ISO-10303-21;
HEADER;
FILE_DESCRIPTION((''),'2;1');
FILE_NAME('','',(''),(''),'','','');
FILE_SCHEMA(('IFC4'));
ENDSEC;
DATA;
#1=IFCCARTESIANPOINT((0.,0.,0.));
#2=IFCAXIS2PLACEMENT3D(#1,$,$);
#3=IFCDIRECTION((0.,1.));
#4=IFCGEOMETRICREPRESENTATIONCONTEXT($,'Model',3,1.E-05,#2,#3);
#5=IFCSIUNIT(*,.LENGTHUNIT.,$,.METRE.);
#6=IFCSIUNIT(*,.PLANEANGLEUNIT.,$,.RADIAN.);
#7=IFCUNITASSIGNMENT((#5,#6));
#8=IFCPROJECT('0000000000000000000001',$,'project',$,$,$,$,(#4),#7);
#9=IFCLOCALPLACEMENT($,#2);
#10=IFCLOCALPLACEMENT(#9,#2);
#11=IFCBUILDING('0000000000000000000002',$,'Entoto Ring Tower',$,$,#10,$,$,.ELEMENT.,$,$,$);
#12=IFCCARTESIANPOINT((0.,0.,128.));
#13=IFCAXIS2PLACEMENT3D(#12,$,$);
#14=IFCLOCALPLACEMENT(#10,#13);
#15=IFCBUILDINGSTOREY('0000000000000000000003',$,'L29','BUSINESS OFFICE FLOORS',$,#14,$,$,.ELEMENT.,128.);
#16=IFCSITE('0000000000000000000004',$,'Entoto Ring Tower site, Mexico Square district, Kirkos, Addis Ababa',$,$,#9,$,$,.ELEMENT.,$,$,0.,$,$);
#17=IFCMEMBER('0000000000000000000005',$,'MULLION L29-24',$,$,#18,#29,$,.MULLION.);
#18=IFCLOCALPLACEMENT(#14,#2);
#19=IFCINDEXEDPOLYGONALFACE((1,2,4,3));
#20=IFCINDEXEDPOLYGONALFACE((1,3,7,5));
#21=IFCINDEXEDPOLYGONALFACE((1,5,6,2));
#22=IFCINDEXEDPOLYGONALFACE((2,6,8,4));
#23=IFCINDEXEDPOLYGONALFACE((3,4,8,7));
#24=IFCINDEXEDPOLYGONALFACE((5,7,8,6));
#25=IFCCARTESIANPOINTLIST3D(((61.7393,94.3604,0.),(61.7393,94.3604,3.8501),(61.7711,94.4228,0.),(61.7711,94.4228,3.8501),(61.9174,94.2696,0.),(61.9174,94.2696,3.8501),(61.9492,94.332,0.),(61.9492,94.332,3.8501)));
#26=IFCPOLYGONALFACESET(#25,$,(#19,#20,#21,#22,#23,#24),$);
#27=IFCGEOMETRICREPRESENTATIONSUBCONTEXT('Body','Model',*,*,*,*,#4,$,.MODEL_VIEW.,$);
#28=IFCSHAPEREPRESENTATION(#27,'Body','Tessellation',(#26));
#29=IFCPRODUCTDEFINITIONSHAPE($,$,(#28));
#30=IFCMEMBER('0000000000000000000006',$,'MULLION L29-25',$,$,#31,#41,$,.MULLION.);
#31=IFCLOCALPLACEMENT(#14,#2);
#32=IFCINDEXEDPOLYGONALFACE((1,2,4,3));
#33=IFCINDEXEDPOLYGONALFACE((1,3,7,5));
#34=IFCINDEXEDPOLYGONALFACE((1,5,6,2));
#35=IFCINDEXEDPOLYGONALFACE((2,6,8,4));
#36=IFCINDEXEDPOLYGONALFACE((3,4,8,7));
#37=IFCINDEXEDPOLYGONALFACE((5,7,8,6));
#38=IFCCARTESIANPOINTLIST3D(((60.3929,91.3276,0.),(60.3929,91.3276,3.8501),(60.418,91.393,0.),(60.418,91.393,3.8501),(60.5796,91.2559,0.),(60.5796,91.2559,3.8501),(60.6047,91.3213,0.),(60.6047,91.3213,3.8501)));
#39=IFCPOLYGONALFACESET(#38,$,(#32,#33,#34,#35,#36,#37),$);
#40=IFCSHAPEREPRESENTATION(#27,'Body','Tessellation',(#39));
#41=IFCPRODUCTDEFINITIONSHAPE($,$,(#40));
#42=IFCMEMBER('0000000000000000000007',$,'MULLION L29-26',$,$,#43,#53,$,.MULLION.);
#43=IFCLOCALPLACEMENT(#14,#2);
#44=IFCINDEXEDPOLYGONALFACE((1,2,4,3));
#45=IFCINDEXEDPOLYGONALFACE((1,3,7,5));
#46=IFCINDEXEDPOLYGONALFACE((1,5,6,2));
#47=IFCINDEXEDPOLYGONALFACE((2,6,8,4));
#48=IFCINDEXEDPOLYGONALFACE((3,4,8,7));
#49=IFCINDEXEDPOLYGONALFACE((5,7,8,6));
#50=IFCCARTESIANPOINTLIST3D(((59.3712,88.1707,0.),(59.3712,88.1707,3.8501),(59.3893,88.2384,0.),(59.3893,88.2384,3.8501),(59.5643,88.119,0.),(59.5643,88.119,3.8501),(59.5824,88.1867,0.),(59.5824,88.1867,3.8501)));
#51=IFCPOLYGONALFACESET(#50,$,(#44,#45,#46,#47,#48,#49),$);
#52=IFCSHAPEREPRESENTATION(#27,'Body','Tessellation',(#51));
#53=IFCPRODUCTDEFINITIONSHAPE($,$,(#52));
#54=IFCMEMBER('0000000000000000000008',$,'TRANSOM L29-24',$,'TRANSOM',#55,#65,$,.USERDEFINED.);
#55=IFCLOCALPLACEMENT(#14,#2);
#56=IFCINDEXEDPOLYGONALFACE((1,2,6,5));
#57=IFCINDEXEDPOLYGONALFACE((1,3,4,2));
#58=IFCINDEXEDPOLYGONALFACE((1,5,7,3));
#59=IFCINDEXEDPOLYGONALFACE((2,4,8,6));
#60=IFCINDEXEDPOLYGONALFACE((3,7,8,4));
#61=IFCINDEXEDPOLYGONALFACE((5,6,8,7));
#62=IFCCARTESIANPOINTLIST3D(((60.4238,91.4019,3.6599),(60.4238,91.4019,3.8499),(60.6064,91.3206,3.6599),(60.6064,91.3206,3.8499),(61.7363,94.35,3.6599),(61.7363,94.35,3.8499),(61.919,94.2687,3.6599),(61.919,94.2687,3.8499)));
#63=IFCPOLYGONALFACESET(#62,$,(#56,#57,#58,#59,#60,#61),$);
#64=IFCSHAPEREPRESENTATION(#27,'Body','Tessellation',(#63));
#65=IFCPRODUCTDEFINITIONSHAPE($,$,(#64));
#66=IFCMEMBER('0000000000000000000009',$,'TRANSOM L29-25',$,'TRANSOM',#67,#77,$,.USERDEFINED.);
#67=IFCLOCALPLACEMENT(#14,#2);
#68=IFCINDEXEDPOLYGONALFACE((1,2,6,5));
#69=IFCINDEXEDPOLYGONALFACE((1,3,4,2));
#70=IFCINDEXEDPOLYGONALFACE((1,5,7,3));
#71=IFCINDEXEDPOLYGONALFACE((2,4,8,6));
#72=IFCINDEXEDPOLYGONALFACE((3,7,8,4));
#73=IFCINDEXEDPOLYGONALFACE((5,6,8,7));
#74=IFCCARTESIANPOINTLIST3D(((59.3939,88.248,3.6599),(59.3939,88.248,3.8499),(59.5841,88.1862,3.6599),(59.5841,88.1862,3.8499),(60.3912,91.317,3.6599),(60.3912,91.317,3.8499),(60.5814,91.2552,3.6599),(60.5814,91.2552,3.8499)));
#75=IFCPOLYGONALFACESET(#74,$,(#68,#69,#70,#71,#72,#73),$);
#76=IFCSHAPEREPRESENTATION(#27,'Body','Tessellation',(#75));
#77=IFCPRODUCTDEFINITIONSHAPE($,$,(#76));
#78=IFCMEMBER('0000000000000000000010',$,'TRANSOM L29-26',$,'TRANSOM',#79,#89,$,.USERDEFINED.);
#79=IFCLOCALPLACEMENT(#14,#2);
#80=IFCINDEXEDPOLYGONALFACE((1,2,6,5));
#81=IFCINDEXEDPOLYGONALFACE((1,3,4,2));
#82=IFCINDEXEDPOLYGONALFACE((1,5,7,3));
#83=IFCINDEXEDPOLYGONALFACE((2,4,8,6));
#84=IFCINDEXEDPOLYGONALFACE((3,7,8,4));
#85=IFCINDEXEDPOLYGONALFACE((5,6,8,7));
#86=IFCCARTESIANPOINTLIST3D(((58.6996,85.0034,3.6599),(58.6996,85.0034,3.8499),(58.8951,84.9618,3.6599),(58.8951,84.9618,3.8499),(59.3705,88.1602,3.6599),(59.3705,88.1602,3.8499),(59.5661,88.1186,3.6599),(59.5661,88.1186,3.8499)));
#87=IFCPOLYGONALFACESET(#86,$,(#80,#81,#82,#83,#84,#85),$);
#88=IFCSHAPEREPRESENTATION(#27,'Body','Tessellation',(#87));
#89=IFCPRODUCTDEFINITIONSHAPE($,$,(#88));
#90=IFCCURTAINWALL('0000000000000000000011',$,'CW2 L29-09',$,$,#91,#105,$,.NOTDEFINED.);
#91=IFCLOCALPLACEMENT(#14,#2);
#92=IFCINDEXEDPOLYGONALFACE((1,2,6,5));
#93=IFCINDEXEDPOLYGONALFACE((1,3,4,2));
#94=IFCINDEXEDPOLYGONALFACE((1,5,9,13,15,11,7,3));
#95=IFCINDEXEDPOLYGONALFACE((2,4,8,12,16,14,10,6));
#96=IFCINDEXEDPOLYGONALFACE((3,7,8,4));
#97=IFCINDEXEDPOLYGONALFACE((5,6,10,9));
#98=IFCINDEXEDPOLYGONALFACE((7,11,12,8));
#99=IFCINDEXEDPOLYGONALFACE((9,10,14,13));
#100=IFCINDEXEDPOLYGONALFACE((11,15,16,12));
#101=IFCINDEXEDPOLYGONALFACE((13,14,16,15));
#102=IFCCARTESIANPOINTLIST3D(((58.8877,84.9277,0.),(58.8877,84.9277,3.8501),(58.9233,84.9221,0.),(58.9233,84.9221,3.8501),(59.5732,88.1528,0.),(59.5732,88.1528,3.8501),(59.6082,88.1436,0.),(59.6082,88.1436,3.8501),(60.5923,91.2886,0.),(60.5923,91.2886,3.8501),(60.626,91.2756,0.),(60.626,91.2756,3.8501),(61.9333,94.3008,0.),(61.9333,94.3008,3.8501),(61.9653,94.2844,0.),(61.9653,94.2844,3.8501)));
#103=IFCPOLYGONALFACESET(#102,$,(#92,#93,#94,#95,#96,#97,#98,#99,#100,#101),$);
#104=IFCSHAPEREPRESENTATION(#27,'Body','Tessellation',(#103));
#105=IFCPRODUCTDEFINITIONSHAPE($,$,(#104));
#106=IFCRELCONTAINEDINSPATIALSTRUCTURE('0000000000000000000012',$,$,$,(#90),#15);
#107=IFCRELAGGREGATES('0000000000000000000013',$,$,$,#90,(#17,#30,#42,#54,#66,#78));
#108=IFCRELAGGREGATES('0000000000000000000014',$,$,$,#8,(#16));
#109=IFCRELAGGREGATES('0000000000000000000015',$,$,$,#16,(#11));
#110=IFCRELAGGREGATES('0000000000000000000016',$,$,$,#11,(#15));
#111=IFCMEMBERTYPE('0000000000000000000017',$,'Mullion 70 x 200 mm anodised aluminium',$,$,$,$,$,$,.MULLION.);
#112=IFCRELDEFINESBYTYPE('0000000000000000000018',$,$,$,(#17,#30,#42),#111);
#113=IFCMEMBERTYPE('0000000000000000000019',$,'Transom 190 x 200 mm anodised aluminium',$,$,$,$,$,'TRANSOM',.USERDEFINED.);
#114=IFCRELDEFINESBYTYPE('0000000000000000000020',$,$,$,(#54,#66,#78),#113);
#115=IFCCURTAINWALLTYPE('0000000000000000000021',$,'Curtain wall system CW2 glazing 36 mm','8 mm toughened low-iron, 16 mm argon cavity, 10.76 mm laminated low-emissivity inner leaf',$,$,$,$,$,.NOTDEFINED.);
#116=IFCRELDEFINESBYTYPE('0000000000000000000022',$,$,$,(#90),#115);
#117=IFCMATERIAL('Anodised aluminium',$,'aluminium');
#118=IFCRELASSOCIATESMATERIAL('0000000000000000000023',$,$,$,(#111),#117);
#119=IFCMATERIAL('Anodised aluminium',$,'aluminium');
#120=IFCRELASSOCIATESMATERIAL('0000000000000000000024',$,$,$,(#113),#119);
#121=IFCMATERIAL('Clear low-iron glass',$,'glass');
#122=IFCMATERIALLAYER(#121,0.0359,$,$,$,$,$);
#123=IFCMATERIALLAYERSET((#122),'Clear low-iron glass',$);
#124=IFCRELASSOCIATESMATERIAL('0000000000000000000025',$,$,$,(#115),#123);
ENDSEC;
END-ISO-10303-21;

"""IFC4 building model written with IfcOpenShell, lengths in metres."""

from ifc_helpers import new_model, si_unit, direction, frame, origin, origin_2d, place, context, subcontext, project, spatial, polyline, rectangle, outline, extrude, material, layer, layer_set, material_profile, profile_set, type_object, element, aggregate, save


model = new_model("IFC4")

# Units and contexts
model_context = context("Model", 3, precision=1e-05, world=origin(), true_north=direction((0.0, 1.0)))
body_context = subcontext(model_context, "Body", "Model", "MODEL_VIEW")
ifc_project = project(units=[si_unit("LENGTHUNIT", "METRE"), si_unit("PLANEANGLEUNIT", "RADIAN")], contexts=[model_context])

# Members
ifc_material_1 = material(Name="Anodised aluminium", Category="aluminium")
ifc_material_profile_1 = material_profile(ifc_material_1, rectangle(XDim=0.0701, YDim=0.2, at=origin_2d()), Name="Mullion 70 x 200 mm anodised aluminium")
ifc_profile_set_1 = profile_set([ifc_material_profile_1], Name="Anodised aluminium")
member_type_1 = type_object("IfcMemberType", Name="Mullion 70 x 200 mm anodised aluminium", PredefinedType="MULLION", material=ifc_profile_set_1)
site_placement = place(None, origin())
building_placement = place(site_placement, origin())
storey_placement = place(building_placement, frame((0.0, 0.0, 128.0)))
member_1_placement = place(storey_placement, frame((61.8442, 94.3462, 0.0), z_axis=(0.0, 0.0, 1.0), x_axis=(-0.45399, -0.891007, 0.0)))
member_1 = element("IfcMember", 1, at=member_1_placement, type_object=member_type_1, Name="MULLION L29-24", PredefinedType="MULLION", context=body_context, shape_type="SweptSolid", body=[
    extrude(rectangle(XDim=0.0701, YDim=0.2, at=origin_2d()), origin(), (0.0, 0.0, 1.0), 3.8501),
])
member_2_placement = place(storey_placement, frame((60.4988, 91.3245, 0.0), z_axis=(0.0, 0.0, 1.0), x_axis=(-0.358368, -0.93358, 0.0)))
member_2 = element("IfcMember", 2, at=member_2_placement, type_object=member_type_1, Name="MULLION L29-25", PredefinedType="MULLION", context=body_context, shape_type="SweptSolid", body=[
    extrude(rectangle(XDim=0.0701, YDim=0.2, at=origin_2d()), origin(), (0.0, 0.0, 1.0), 3.8501),
])
member_3_placement = place(storey_placement, frame((59.4768, 88.1787, 0.0), z_axis=(0.0, 0.0, 1.0), x_axis=(-0.258819, -0.965926, 0.0)))
member_3 = element("IfcMember", 3, at=member_3_placement, type_object=member_type_1, Name="MULLION L29-26", PredefinedType="MULLION", context=body_context, shape_type="SweptSolid", body=[
    extrude(rectangle(XDim=0.0701, YDim=0.2, at=origin_2d()), origin(), (0.0, 0.0, 1.0), 3.8501),
])
ifc_material_2 = material(Name="Anodised aluminium", Category="aluminium")
ifc_material_profile_2 = material_profile(ifc_material_2, rectangle(XDim=0.2, YDim=0.1899, at=origin_2d()), Name="Transom 190 x 200 mm anodised aluminium")
ifc_profile_set_2 = profile_set([ifc_material_profile_2], Name="Anodised aluminium")
member_type_2 = type_object("IfcMemberType", Name="Transom 190 x 200 mm anodised aluminium", ElementType="TRANSOM", PredefinedType="USERDEFINED", material=ifc_profile_set_2)
member_4_placement = place(storey_placement, frame((61.8276, 94.3093, 3.7549), z_axis=(-0.406728, -0.913549, 0.0), x_axis=(0.913549, -0.406728, 0.0)))
member_4 = element("IfcMember", 4, at=member_4_placement, type_object=member_type_2, Name="TRANSOM L29-24", ObjectType="TRANSOM", PredefinedType="USERDEFINED", context=body_context, shape_type="SweptSolid", body=[
    extrude(rectangle(XDim=0.2, YDim=0.1899, at=origin_2d()), origin(), (0.0, 0.0, 1.0), 3.2271),
])
member_5_placement = place(storey_placement, frame((60.4863, 91.2861, 3.7549), z_axis=(-0.309047, -0.951047, 0.0), x_axis=(0.951047, -0.309047, 0.0)))
member_5 = element("IfcMember", 5, at=member_5_placement, type_object=member_type_2, Name="TRANSOM L29-25", ObjectType="TRANSOM", PredefinedType="USERDEFINED", context=body_context, shape_type="SweptSolid", body=[
    extrude(rectangle(XDim=0.2, YDim=0.1899, at=origin_2d()), origin(), (0.0, 0.0, 1.0), 3.2271),
])
member_6_placement = place(storey_placement, frame((59.4683, 88.1394, 3.7549), z_axis=(-0.207886, -0.978153, 0.0), x_axis=(0.978153, -0.207886, 0.0)))
member_6 = element("IfcMember", 6, at=member_6_placement, type_object=member_type_2, Name="TRANSOM L29-26", ObjectType="TRANSOM", PredefinedType="USERDEFINED", context=body_context, shape_type="SweptSolid", body=[
    extrude(rectangle(XDim=0.2, YDim=0.1899, at=origin_2d()), origin(), (0.0, 0.0, 1.0), 3.2273),
])

# Site, building, storey
site = spatial("IfcSite", under=ifc_project, at=site_placement, Name="Entoto Ring Tower site, Mexico Square district, Kirkos, Addis Ababa", CompositionType="ELEMENT", RefElevation=0.0)
building = spatial("IfcBuilding", under=site, at=building_placement, Name="Entoto Ring Tower", CompositionType="ELEMENT")
storey = spatial("IfcBuildingStorey", under=building, at=storey_placement, Name="L29", Description="BUSINESS OFFICE FLOORS", CompositionType="ELEMENT", Elevation=128.0)

# Curtain wall
ifc_material_3 = material(Name="Clear low-iron glass", Category="glass")
ifc_layer = layer(ifc_material_3, 0.0359)
ifc_layer_set = layer_set([ifc_layer], Name="Clear low-iron glass")
curtain_wall_type = type_object("IfcCurtainWallType", Name="Curtain wall system CW2 glazing 36 mm", Description="8 mm toughened low-iron, 16 mm argon cavity, 10.76 mm laminated low-emissivity inner leaf", PredefinedType="NOTDEFINED", material=ifc_layer_set)
curtain_wall_1_placement = place(storey_placement, origin())
curtain_wall_1 = element("IfcCurtainWall", 7, at=curtain_wall_1_placement, inside=storey, type_object=curtain_wall_type, Name="CW2 L29-09", PredefinedType="NOTDEFINED", context=body_context, shape_type="SweptSolid", body=[
    extrude(outline(polyline([(61.9333, 94.3008), (60.5923, 91.2886), (59.5732, 88.1528), (58.8877, 84.9277), (58.9233, 84.9221), (59.6082, 88.1436), (60.626, 91.2756), (61.9653, 94.2844), (61.9333, 94.3008)])), origin(), (0.0, 0.0, 1.0), 3.8501),
])
aggregate(curtain_wall_1, [member_1, member_2, member_3, member_4, member_5, member_6])

save(model, "model.ifc")
